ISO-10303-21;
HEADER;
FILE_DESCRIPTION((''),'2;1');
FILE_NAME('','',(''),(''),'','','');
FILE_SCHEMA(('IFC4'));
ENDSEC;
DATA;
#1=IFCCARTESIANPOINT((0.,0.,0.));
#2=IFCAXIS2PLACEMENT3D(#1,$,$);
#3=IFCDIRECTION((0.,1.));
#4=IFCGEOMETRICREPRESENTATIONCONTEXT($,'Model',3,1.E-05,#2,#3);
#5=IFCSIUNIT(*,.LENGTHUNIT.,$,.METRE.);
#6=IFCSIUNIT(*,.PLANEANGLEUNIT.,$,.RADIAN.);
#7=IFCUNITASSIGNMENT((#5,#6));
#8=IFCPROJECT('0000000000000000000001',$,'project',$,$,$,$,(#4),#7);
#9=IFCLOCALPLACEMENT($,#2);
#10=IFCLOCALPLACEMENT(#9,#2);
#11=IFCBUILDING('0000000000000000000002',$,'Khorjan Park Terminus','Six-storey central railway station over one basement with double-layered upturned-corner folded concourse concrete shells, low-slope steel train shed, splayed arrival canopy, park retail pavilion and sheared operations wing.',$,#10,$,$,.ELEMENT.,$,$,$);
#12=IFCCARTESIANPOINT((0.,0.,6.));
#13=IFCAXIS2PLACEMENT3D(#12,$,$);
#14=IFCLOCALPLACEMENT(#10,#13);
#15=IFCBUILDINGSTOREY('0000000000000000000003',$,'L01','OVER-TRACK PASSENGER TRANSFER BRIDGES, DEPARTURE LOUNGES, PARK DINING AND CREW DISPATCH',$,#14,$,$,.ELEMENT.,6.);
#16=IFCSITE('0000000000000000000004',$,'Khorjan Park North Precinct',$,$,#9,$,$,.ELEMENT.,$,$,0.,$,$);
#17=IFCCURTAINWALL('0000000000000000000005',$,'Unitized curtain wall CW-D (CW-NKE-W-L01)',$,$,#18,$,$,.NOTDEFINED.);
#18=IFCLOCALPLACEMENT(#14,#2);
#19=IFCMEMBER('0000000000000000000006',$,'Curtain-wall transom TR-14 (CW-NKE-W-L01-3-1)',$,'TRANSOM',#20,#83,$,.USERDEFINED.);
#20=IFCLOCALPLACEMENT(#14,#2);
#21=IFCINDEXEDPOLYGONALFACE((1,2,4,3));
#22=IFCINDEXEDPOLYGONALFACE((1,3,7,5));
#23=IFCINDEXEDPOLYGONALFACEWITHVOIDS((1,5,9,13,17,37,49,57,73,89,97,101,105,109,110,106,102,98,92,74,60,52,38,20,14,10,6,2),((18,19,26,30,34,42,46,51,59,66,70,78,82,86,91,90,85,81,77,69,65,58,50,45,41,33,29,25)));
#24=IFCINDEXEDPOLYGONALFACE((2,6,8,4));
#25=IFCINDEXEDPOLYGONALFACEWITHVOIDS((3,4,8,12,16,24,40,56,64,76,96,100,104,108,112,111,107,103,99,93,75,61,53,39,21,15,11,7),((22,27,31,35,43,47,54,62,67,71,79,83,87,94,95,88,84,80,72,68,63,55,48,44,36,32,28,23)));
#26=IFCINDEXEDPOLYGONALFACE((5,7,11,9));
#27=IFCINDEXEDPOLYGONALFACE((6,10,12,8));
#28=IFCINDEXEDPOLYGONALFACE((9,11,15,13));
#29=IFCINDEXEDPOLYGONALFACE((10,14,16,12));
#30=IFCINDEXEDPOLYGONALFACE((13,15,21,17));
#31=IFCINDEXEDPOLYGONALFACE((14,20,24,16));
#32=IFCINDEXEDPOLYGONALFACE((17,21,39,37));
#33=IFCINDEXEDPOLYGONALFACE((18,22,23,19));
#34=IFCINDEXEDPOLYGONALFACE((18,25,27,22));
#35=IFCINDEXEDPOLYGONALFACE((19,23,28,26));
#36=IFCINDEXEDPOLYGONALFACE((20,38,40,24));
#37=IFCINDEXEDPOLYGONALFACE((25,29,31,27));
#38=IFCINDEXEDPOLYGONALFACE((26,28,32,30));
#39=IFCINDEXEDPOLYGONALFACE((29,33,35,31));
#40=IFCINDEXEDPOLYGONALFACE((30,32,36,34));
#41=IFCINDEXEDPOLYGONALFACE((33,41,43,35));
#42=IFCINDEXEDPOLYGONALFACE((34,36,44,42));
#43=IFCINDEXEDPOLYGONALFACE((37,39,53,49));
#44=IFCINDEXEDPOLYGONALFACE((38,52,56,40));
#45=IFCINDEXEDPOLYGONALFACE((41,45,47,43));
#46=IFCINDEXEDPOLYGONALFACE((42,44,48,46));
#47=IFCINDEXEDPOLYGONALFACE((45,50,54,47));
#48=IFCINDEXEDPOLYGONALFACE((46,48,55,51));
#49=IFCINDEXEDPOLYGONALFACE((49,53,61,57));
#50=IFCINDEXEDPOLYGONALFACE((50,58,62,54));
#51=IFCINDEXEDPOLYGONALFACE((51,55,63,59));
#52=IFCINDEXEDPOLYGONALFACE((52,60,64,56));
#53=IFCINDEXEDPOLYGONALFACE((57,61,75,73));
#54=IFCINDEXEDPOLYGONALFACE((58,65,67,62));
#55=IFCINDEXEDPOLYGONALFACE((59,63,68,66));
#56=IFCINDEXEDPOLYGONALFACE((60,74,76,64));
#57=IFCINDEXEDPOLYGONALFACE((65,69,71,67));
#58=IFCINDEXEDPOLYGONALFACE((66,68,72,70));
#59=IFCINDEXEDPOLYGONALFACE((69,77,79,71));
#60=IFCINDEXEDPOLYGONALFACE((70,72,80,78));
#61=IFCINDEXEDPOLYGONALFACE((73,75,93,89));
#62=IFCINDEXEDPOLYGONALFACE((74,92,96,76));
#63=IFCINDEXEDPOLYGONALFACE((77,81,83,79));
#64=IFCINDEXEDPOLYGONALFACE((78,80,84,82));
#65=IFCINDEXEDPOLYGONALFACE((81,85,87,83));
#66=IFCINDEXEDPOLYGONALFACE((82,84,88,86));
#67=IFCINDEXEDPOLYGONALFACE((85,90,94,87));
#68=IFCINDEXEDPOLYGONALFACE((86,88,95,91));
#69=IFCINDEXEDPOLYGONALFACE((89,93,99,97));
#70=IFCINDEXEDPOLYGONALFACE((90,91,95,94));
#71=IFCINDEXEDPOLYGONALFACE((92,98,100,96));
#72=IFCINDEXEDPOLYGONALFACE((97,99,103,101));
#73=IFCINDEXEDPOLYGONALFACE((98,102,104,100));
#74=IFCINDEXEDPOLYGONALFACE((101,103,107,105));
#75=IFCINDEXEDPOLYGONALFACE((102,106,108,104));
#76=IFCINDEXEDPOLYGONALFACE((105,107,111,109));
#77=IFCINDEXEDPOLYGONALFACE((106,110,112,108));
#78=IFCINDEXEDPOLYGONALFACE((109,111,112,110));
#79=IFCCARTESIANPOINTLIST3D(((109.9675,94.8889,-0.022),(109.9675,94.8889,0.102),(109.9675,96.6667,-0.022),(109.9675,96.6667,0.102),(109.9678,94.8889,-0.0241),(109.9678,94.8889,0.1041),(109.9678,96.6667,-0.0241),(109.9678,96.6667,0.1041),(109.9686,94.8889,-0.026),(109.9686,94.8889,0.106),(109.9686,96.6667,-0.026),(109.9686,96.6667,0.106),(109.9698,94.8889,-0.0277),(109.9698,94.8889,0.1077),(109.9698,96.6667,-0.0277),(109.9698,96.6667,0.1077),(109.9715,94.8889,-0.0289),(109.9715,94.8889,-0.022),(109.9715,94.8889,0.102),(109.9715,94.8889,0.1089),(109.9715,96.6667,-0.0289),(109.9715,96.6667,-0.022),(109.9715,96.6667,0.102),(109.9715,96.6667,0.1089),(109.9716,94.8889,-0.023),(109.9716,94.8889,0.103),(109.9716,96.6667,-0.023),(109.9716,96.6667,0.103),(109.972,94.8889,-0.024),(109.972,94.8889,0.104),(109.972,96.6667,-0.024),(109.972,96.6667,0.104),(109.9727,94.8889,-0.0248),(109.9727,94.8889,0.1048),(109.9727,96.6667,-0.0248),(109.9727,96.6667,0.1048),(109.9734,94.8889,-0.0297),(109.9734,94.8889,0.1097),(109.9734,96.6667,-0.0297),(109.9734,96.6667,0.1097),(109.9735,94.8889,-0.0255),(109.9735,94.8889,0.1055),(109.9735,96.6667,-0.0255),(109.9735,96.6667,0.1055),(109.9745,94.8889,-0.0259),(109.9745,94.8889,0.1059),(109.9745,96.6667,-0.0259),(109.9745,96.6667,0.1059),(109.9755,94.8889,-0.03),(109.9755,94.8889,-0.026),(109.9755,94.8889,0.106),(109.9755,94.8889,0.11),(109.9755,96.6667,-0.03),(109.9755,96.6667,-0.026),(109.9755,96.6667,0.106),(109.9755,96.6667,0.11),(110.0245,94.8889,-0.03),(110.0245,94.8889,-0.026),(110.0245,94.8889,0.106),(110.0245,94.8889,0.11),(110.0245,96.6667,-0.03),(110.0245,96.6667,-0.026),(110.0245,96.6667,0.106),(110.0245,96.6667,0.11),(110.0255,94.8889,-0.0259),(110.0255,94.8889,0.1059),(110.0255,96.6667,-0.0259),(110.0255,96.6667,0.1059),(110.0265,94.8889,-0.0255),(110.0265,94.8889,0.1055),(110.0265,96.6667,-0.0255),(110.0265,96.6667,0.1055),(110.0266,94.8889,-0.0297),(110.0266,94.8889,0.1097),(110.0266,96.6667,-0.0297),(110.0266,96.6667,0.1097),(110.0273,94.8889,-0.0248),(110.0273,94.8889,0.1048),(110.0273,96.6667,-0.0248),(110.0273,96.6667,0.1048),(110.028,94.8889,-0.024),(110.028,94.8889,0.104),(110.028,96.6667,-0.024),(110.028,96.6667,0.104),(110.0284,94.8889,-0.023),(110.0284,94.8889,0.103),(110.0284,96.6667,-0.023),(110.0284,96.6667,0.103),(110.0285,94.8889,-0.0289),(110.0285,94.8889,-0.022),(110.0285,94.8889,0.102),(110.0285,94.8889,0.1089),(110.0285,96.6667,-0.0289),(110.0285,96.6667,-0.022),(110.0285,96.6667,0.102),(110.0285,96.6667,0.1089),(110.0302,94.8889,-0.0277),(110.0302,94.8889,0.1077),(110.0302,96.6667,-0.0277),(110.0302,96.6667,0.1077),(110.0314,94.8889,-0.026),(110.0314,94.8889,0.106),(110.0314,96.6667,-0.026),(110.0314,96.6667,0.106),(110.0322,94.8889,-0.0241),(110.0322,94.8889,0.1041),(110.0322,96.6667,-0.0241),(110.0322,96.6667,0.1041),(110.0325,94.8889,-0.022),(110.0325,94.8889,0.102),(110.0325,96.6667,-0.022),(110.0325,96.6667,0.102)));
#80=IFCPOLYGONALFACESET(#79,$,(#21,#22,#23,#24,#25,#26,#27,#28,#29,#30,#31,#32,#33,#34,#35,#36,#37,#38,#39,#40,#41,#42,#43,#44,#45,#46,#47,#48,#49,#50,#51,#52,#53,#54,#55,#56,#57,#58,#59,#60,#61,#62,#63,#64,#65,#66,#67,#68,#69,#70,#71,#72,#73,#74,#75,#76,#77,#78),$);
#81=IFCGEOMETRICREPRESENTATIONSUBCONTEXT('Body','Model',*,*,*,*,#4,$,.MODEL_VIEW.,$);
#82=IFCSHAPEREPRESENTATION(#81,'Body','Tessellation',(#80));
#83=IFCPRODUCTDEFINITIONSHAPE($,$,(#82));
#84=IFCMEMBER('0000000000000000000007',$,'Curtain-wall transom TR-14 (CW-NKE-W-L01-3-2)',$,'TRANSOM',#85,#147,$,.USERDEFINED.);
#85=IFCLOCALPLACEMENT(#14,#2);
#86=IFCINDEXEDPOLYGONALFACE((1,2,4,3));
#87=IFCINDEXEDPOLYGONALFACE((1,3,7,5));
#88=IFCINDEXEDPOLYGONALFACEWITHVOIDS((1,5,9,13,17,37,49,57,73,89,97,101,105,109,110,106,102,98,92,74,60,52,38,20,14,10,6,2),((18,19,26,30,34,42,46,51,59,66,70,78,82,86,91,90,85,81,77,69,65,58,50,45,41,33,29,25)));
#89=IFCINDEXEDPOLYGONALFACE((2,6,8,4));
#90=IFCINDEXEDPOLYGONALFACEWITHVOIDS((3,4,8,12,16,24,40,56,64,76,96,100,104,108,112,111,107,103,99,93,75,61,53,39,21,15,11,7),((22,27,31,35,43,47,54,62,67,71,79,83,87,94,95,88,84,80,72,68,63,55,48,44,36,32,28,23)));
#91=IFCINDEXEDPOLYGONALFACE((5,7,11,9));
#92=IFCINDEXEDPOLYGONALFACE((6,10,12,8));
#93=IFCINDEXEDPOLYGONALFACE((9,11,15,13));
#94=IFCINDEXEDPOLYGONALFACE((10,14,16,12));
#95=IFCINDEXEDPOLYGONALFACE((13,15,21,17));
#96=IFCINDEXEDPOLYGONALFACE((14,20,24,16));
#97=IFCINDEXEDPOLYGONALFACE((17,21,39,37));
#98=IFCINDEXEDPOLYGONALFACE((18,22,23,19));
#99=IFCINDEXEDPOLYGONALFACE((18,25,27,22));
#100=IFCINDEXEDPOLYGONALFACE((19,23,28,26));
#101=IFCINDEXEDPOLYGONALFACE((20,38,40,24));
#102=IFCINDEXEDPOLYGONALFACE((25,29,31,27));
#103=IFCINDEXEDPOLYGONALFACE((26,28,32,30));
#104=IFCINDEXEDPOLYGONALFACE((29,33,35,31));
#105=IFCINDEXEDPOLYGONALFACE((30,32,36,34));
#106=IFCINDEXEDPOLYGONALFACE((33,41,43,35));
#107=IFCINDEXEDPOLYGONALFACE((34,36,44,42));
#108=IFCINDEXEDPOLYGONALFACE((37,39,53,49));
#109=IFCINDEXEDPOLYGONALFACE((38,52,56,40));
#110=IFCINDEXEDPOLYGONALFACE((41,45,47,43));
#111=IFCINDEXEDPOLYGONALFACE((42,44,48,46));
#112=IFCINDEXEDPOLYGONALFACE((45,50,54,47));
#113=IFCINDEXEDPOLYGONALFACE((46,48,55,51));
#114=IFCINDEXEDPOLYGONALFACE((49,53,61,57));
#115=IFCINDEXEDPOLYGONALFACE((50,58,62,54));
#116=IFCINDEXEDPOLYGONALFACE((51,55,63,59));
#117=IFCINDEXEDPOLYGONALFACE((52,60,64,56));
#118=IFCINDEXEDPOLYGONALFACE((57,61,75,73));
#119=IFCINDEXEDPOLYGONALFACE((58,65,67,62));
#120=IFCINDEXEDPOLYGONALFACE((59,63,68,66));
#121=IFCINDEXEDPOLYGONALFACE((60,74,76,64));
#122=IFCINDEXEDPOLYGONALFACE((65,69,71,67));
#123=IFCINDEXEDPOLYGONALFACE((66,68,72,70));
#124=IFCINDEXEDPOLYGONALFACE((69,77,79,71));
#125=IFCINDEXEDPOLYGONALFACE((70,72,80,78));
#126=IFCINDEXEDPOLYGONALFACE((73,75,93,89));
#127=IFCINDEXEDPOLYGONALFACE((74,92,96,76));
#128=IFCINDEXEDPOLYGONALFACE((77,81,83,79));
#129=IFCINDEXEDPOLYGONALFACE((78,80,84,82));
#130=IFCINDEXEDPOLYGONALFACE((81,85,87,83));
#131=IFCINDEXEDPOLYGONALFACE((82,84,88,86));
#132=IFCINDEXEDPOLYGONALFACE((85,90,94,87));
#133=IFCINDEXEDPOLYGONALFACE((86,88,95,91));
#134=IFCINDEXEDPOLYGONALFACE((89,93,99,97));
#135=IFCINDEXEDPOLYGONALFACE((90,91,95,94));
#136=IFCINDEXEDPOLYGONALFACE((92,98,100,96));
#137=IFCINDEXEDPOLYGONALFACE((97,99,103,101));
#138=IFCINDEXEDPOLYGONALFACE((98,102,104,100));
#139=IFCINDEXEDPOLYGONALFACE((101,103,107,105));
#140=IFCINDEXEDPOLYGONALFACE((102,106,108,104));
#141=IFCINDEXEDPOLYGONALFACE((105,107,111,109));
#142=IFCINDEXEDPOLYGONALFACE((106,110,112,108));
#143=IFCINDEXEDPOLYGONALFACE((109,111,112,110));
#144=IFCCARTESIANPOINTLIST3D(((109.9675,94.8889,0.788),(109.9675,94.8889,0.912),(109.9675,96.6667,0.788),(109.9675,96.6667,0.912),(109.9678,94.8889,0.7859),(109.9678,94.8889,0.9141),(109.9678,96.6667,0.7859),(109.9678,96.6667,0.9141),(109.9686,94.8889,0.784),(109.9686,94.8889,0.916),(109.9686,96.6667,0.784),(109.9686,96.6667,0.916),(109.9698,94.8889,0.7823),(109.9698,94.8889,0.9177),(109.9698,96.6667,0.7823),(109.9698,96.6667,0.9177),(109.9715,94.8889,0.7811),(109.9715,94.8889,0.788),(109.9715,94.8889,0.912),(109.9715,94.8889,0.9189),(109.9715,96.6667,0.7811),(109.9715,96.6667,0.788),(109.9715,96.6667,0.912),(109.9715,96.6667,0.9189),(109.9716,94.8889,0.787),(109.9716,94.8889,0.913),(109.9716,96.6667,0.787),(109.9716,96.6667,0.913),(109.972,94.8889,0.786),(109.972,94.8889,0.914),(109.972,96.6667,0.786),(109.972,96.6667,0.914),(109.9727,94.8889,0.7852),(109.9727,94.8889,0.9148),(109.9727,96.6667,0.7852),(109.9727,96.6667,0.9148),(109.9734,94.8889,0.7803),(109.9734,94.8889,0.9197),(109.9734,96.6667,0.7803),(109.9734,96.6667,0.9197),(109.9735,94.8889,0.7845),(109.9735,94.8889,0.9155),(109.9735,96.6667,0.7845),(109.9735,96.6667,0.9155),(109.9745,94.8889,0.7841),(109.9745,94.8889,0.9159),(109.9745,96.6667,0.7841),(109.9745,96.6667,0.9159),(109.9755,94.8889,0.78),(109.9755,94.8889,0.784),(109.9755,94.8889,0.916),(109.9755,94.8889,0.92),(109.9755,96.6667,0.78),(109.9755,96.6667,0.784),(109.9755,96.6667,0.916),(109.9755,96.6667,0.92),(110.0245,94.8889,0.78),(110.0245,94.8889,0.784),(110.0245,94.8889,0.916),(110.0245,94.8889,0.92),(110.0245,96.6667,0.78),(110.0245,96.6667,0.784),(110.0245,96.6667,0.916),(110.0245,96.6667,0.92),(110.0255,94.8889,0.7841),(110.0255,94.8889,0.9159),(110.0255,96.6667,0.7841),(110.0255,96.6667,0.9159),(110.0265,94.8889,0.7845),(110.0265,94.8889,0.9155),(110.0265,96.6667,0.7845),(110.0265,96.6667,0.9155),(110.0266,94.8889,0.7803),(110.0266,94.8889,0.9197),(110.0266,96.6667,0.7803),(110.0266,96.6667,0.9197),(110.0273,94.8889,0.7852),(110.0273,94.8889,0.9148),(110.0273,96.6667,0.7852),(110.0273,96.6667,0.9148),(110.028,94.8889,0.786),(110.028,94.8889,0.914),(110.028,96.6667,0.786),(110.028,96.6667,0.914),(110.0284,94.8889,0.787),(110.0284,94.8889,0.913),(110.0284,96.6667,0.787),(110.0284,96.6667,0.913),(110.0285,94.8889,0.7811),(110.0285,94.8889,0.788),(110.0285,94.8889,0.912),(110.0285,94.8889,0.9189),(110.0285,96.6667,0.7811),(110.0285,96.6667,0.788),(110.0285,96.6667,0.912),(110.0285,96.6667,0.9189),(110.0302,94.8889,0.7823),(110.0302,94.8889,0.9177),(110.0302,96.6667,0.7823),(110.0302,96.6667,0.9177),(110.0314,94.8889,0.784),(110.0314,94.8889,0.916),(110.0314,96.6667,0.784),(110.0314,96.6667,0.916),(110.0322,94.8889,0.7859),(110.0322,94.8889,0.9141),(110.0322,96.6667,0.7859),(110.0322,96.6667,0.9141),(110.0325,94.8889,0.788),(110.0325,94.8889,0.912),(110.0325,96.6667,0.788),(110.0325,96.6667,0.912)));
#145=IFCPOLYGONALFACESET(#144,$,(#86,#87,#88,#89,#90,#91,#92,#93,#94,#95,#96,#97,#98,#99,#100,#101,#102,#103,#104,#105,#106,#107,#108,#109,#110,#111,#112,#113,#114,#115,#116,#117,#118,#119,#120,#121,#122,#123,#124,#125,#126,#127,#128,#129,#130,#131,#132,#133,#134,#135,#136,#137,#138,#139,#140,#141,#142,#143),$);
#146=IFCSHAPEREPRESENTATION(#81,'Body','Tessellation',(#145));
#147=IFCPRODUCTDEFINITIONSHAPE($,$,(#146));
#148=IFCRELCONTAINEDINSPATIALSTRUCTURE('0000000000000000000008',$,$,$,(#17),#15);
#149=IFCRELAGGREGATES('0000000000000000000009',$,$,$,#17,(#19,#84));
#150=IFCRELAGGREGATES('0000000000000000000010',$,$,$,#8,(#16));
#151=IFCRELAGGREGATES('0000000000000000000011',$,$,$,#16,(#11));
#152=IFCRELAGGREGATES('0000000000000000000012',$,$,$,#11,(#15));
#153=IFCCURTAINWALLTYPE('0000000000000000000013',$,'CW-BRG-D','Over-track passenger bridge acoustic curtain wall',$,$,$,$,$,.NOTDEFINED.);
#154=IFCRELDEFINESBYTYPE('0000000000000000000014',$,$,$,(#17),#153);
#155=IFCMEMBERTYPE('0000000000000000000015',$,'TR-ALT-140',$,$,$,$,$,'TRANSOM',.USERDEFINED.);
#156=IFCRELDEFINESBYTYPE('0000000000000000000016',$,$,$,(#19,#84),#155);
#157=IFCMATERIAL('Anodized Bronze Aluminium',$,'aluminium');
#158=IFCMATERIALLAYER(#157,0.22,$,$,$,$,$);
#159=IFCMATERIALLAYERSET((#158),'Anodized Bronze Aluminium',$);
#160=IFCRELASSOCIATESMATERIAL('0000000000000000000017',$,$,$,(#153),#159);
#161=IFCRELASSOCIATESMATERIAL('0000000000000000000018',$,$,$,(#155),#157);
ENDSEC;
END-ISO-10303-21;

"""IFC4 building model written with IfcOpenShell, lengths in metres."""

from ifc_helpers import new_model, si_unit, direction, frame, origin, origin_2d, place, context, subcontext, project, spatial, hollow_rectangle, extrude, material, layer, layer_set, material_profile, profile_set, type_object, element, aggregate, save


model = new_model("IFC4")

# Units and contexts
model_context = context("Model", 3, precision=1e-05, world=origin(), true_north=direction((0.0, 1.0)))
body_context = subcontext(model_context, "Body", "Model", "MODEL_VIEW")
ifc_project = project(units=[si_unit("LENGTHUNIT", "METRE"), si_unit("PLANEANGLEUNIT", "RADIAN")], contexts=[model_context])

# Site, building, storey
site_placement = place(None, origin())
site = spatial("IfcSite", under=ifc_project, at=site_placement, Name="Khorjan Park North Precinct", CompositionType="ELEMENT", RefElevation=0.0)
building_placement = place(site_placement, origin())
building = spatial("IfcBuilding", under=site, at=building_placement, Name="Khorjan Park Terminus", Description="Six-storey central railway station over one basement with double-layered upturned-corner folded concourse concrete shells, low-slope steel train shed, splayed arrival canopy, park retail pavilion and sheared operations wing.", CompositionType="ELEMENT")
storey_placement = place(building_placement, frame((0.0, 0.0, 6.0)))
storey = spatial("IfcBuildingStorey", under=building, at=storey_placement, Name="L01", Description="OVER-TRACK PASSENGER TRANSFER BRIDGES, DEPARTURE LOUNGES, PARK DINING AND CREW DISPATCH", CompositionType="ELEMENT", Elevation=6.0)

# Curtain wall, members
ifc_material_1 = material(Name="Anodized Bronze Aluminium", Category="aluminium")
ifc_layer_1 = layer(ifc_material_1, 0.22)
ifc_layer_set_1 = layer_set([ifc_layer_1], Name="Anodized Bronze Aluminium")
curtain_wall_type = type_object("IfcCurtainWallType", Name="CW-BRG-D", Description="Over-track passenger bridge acoustic curtain wall", PredefinedType="NOTDEFINED", material=ifc_layer_set_1)
curtain_wall_placement = place(storey_placement, origin())
curtain_wall = element("IfcCurtainWall", 1, at=curtain_wall_placement, inside=storey, type_object=curtain_wall_type, Name="Unitized curtain wall CW-D (CW-NKE-W-L01)", PredefinedType="NOTDEFINED")
ifc_material_profile_1 = material_profile(ifc_material_1, hollow_rectangle(XDim=0.065, YDim=0.14, WallThickness=0.004, InnerFilletRadius=0.004, OuterFilletRadius=0.008, at=origin_2d()), Name="ALT 65x140x4")
ifc_profile_set_1 = profile_set([ifc_material_profile_1], Name="Anodized Bronze Aluminium")
member_type_1 = type_object("IfcMemberType", Name="TR-ALT-140", ElementType="TRANSOM", PredefinedType="USERDEFINED", material=ifc_profile_set_1)
member_1_placement = place(storey_placement, frame((110.0, 96.6667, 0.04), z_axis=(0.0, -1.0, 0.0), x_axis=(1.0, 0.0, 0.0)))
member_1 = element("IfcMember", 2, at=member_1_placement, type_object=member_type_1, Name="Curtain-wall transom TR-14 (CW-NKE-W-L01-3-1)", ObjectType="TRANSOM", PredefinedType="USERDEFINED", context=body_context, shape_type="SweptSolid", body=[
    extrude(hollow_rectangle(XDim=0.065, YDim=0.14, WallThickness=0.004, InnerFilletRadius=0.004, OuterFilletRadius=0.008, at=origin_2d()), origin(), (0.0, 0.0, 1.0), 1.7778),
])
member_2_placement = place(storey_placement, frame((110.0, 96.6667, 0.85), z_axis=(0.0, -1.0, 0.0), x_axis=(1.0, 0.0, 0.0)))
member_2 = element("IfcMember", 3, at=member_2_placement, type_object=member_type_1, Name="Curtain-wall transom TR-14 (CW-NKE-W-L01-3-2)", ObjectType="TRANSOM", PredefinedType="USERDEFINED", context=body_context, shape_type="SweptSolid", body=[
    extrude(hollow_rectangle(XDim=0.065, YDim=0.14, WallThickness=0.004, InnerFilletRadius=0.004, OuterFilletRadius=0.008, at=origin_2d()), origin(), (0.0, 0.0, 1.0), 1.7778),
])
aggregate(curtain_wall, [member_1, member_2])

save(model, "model.ifc")
